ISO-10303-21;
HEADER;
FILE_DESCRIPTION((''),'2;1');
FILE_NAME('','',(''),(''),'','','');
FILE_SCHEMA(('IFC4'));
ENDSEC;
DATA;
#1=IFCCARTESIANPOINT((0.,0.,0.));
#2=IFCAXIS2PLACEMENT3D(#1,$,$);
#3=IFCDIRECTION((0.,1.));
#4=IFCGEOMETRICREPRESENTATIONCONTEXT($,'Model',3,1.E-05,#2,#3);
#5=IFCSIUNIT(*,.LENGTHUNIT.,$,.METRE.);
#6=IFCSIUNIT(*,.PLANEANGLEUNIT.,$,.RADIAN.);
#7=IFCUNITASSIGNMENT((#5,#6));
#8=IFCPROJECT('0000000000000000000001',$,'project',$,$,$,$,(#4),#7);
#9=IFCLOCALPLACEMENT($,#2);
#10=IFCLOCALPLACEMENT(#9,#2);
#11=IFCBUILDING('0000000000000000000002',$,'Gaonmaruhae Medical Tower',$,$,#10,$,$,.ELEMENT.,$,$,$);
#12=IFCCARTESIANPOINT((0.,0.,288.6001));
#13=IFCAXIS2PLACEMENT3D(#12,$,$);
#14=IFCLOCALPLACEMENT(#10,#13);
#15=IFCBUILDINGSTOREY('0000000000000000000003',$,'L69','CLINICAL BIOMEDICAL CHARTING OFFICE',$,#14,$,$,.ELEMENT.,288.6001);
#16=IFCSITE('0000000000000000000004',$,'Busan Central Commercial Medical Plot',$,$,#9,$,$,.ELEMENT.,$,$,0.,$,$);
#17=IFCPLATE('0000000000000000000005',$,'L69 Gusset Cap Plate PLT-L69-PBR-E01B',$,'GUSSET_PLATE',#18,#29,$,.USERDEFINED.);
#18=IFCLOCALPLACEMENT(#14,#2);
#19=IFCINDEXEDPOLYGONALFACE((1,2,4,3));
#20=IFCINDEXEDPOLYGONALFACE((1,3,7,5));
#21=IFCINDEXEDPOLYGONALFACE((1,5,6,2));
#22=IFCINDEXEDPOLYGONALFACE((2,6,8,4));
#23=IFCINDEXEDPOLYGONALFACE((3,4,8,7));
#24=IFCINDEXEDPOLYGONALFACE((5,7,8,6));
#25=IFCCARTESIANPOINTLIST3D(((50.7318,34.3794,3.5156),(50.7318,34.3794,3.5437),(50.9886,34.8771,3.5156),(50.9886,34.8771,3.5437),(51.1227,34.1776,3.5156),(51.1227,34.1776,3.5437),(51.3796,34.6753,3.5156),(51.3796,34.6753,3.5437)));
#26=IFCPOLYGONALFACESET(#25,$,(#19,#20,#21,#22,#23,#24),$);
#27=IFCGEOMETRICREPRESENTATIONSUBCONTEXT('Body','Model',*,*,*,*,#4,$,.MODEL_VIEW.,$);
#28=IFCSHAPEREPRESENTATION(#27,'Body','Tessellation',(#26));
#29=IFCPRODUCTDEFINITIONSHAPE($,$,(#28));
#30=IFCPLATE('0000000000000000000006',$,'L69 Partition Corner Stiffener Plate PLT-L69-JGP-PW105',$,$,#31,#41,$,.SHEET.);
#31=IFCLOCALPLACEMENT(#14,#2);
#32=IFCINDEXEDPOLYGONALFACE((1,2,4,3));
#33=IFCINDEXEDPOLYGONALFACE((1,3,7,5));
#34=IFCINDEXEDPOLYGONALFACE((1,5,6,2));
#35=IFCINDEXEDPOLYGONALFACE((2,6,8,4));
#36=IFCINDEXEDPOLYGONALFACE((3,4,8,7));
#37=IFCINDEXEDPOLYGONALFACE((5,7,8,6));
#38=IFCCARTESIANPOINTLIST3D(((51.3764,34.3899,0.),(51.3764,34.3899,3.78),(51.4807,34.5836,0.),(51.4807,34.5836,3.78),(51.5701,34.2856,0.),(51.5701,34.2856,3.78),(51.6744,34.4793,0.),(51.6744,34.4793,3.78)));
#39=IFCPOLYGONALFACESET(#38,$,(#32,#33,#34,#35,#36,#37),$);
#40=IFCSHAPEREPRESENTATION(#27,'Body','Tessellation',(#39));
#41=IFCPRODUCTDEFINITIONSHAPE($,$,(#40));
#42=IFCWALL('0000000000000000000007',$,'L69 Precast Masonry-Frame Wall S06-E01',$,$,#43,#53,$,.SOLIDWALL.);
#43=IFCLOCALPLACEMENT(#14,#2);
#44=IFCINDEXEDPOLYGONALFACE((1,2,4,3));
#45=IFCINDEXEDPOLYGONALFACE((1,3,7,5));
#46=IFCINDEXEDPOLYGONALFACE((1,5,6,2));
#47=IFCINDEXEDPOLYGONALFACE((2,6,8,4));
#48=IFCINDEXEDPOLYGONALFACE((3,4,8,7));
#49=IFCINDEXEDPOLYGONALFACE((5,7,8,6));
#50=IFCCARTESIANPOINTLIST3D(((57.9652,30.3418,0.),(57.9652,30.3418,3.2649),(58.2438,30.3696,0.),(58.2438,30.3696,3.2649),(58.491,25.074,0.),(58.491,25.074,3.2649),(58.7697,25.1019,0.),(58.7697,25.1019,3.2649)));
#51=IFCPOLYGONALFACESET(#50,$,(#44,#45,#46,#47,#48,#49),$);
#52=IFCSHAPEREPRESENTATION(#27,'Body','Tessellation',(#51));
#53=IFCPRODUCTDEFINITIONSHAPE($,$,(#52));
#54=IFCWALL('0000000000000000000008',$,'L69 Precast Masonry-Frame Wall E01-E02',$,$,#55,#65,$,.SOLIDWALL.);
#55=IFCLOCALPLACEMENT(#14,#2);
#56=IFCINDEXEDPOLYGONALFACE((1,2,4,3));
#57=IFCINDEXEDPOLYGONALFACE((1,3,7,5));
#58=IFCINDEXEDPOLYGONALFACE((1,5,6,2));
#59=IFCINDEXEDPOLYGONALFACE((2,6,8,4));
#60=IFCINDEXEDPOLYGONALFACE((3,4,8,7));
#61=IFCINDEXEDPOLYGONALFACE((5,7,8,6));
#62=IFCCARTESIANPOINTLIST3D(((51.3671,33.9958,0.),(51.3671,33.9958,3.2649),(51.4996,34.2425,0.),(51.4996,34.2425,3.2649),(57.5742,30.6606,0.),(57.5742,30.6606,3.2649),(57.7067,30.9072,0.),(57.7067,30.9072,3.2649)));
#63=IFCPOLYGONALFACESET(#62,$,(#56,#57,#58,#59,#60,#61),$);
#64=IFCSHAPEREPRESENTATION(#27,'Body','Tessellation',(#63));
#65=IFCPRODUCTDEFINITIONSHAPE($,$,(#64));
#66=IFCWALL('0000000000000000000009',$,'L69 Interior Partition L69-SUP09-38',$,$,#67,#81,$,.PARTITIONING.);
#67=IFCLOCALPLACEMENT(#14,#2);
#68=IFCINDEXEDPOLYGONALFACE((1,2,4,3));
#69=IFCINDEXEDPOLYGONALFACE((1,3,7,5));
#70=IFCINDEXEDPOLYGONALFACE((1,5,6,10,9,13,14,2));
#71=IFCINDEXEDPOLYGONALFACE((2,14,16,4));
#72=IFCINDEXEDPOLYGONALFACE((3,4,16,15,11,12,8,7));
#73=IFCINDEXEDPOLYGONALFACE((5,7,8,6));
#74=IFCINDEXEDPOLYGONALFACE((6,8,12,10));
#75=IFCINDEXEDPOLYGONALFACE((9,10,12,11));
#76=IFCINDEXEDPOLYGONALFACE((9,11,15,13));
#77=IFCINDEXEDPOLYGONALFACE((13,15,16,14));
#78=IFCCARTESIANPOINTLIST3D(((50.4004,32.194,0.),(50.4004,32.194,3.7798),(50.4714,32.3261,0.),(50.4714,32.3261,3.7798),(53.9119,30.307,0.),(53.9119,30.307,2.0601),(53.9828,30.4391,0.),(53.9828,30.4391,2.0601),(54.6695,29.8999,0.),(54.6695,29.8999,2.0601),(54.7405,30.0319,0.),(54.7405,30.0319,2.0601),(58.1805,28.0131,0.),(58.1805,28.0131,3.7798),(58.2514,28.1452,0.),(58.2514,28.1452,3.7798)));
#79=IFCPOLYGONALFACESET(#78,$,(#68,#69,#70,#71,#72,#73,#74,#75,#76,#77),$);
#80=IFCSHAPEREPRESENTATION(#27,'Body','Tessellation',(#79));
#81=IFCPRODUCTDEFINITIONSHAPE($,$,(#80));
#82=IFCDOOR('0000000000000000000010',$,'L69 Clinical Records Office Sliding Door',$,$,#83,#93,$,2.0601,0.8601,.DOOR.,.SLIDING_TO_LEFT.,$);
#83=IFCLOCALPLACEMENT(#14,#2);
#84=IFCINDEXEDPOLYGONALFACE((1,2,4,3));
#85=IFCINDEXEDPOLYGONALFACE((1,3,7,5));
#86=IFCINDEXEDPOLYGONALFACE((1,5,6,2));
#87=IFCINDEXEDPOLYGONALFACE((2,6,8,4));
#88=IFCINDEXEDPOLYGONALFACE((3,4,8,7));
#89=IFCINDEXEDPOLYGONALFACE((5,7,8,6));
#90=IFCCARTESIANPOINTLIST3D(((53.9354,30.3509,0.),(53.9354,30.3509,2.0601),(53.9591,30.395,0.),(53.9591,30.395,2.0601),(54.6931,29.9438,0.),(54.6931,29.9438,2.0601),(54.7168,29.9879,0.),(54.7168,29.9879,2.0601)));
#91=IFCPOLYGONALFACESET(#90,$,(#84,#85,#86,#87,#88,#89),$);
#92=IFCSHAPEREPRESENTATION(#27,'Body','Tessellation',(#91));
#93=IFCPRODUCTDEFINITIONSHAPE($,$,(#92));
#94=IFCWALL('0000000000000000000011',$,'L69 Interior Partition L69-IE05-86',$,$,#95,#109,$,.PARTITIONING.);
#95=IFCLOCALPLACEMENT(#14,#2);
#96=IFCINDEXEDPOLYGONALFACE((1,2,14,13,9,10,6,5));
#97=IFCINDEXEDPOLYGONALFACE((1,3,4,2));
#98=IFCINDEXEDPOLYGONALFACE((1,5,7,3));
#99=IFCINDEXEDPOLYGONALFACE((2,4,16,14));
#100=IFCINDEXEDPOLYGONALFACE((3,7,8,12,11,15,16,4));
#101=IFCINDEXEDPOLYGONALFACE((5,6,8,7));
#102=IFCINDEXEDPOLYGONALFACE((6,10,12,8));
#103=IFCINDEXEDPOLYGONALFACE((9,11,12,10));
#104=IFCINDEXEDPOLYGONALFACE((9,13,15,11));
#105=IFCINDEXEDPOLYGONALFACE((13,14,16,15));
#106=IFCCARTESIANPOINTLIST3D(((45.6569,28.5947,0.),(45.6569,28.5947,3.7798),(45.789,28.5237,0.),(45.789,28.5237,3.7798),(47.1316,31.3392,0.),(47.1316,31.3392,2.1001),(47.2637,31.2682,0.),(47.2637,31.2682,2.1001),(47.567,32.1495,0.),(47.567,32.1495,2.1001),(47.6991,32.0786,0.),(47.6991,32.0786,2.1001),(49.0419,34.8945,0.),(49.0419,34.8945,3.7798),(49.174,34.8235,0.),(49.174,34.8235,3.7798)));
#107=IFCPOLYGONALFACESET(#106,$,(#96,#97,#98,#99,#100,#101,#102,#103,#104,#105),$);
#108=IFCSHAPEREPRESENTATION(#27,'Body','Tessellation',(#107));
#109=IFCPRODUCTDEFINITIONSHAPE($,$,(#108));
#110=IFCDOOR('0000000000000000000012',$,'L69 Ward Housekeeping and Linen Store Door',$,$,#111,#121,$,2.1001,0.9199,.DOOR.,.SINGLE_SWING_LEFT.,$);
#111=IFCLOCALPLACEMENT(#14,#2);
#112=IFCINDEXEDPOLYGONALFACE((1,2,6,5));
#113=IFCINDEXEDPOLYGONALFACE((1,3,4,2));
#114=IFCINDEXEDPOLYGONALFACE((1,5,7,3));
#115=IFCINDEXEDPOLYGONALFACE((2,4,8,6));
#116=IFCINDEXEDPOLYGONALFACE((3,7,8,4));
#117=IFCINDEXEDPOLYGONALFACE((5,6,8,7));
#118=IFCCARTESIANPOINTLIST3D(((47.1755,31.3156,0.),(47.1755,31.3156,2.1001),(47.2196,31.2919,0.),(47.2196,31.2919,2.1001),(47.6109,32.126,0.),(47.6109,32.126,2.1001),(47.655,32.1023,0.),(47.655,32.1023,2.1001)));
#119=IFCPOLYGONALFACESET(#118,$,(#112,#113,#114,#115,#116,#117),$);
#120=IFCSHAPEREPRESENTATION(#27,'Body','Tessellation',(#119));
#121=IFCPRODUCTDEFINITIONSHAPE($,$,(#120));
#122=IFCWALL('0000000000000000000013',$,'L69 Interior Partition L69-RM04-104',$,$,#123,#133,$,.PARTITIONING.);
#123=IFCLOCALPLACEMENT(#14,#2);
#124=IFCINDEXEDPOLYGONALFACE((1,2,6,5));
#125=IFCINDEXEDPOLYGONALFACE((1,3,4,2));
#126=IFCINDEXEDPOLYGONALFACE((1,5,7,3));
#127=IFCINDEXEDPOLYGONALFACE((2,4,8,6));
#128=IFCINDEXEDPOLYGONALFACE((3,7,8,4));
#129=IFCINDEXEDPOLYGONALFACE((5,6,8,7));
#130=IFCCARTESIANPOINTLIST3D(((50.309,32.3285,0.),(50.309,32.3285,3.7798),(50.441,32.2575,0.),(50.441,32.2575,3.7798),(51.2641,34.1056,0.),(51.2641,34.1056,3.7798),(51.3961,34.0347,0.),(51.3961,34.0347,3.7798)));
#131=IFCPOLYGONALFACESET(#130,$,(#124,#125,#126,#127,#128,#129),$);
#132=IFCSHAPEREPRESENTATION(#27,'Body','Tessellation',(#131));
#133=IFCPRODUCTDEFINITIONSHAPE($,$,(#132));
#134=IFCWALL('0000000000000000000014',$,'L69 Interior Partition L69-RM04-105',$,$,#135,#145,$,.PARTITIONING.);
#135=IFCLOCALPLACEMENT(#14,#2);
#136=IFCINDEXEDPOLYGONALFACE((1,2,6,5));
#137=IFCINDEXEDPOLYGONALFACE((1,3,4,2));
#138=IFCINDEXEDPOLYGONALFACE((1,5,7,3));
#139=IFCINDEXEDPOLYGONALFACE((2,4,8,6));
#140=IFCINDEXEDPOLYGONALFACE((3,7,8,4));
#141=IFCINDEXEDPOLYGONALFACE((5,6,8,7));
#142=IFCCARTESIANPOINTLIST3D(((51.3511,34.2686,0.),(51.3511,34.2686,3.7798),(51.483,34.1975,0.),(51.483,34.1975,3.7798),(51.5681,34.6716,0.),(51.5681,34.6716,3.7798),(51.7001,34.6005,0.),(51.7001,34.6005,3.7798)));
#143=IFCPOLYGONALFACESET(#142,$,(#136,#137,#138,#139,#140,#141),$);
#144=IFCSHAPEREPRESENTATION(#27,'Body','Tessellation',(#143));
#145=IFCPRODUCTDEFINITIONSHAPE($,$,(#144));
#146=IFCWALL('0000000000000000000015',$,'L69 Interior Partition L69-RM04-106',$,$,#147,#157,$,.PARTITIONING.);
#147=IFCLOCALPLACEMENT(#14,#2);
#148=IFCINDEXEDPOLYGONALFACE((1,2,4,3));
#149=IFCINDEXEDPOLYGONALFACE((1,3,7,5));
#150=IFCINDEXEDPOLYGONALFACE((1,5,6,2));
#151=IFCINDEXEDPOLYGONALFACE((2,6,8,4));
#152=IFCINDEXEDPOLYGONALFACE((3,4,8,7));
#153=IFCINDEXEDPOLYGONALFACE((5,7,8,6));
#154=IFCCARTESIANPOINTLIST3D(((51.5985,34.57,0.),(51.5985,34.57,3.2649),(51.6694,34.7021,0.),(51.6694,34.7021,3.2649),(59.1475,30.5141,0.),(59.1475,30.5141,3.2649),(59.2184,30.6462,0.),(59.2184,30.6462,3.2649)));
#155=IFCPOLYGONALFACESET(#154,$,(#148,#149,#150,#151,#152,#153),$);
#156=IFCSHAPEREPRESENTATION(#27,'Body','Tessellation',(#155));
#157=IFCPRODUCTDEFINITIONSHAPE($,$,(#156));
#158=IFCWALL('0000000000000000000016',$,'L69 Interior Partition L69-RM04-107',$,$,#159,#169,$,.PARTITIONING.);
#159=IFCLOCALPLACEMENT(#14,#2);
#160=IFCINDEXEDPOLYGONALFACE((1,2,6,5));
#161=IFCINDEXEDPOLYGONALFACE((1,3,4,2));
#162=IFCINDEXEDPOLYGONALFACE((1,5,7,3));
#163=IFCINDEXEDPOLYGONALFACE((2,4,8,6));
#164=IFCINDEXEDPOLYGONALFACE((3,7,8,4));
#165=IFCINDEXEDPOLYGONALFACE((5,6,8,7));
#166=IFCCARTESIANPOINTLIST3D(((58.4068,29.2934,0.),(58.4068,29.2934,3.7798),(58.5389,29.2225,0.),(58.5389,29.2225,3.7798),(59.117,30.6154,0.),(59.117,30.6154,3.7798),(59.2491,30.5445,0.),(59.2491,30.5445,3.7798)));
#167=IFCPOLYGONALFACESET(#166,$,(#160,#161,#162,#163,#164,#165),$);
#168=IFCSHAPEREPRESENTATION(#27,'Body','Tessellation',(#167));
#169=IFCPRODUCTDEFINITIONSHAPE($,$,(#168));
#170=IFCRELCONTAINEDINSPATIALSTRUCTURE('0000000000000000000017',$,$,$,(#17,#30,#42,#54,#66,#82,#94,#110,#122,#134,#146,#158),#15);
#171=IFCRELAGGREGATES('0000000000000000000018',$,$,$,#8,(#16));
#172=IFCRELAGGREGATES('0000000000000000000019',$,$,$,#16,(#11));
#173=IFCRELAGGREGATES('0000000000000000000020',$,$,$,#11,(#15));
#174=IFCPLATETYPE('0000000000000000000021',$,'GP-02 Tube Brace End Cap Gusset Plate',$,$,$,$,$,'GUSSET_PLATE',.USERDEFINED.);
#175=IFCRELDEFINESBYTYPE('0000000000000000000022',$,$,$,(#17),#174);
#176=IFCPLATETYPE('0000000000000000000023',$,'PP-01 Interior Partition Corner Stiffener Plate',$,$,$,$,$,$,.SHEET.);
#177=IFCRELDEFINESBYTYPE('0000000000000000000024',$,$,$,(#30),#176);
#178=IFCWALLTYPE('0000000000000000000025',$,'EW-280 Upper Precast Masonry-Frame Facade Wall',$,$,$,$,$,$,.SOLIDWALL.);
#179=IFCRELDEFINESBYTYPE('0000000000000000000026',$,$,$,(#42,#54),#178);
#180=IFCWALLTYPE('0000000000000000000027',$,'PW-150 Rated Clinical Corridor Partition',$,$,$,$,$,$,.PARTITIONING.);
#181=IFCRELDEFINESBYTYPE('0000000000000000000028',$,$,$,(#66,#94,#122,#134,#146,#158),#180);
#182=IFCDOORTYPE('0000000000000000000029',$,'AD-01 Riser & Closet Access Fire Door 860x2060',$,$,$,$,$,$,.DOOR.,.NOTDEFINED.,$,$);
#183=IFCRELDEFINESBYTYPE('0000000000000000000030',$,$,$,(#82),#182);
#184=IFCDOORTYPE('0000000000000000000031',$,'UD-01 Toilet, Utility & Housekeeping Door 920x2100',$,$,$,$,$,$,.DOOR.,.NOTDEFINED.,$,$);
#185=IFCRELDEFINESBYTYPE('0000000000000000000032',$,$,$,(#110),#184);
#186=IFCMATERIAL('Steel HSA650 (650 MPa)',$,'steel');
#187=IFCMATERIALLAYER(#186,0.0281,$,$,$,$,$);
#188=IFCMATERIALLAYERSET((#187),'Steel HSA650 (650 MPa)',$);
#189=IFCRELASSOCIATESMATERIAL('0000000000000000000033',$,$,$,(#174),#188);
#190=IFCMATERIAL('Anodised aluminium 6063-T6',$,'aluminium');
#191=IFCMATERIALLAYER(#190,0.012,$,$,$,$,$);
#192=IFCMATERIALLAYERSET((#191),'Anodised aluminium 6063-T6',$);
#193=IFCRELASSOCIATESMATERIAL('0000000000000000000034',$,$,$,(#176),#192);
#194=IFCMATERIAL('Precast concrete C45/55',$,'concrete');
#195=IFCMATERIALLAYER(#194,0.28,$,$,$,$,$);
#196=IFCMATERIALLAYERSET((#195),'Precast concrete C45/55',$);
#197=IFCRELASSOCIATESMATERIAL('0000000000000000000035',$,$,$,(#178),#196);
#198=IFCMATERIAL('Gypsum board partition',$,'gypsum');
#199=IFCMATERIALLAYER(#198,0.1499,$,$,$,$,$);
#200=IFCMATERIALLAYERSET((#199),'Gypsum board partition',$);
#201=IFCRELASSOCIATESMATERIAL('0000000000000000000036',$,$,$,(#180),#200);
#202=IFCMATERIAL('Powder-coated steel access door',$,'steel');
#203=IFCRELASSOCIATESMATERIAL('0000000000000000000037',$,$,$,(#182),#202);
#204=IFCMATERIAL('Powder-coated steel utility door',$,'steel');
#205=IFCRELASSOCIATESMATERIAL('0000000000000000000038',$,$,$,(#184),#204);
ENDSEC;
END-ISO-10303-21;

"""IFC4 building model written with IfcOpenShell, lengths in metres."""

from ifc_helpers import new_model, si_unit, direction, frame, frame_2d, origin, origin_2d, place, context, subcontext, project, spatial, rectangle, extrude, material, layer, layer_set, type_object, element, fill, save


model = new_model("IFC4")

# Units and contexts
model_context = context("Model", 3, precision=1e-05, world=origin(), true_north=direction((0.0, 1.0)))
body_context = subcontext(model_context, "Body", "Model", "MODEL_VIEW")
ifc_project = project(units=[si_unit("LENGTHUNIT", "METRE"), si_unit("PLANEANGLEUNIT", "RADIAN")], contexts=[model_context])

# Site, building, storey
site_placement = place(None, origin())
site = spatial("IfcSite", under=ifc_project, at=site_placement, Name="Busan Central Commercial Medical Plot", CompositionType="ELEMENT", RefElevation=0.0)
building_placement = place(site_placement, origin())
building = spatial("IfcBuilding", under=site, at=building_placement, Name="Gaonmaruhae Medical Tower", CompositionType="ELEMENT")
storey_placement = place(building_placement, frame((0.0, 0.0, 288.6001)))
storey = spatial("IfcBuildingStorey", under=building, at=storey_placement, Name="L69", Description="CLINICAL BIOMEDICAL CHARTING OFFICE", CompositionType="ELEMENT", Elevation=288.6001)

# Plates
ifc_material_1 = material(Name="Steel HSA650 (650 MPa)", Category="steel")
ifc_layer_1 = layer(ifc_material_1, 0.0281)
ifc_layer_set_1 = layer_set([ifc_layer_1], Name="Steel HSA650 (650 MPa)")
plate_type_1 = type_object("IfcPlateType", Name="GP-02 Tube Brace End Cap Gusset Plate", ElementType="GUSSET_PLATE", PredefinedType="USERDEFINED", material=ifc_layer_set_1)
for number, where, z_axis, x_axis, name in (
    (1, (51.0557, 34.5273, 3.5156), (0.0, 0.0, 1.0), (0.45865, 0.888617, 0.0), "L69 Gusset Cap Plate PLT-L69-PBR-E01B"),
):
    element("IfcPlate", number, at=place(storey_placement, frame(where, z_axis=z_axis, x_axis=x_axis)), inside=storey, type_object=plate_type_1, Name=name, ObjectType="GUSSET_PLATE", PredefinedType="USERDEFINED", context=body_context, shape_type="SweptSolid", body=[
        extrude(rectangle(XDim=0.5601, YDim=0.4399, at=origin_2d()), origin(), (0.0, 0.0, 1.0), 0.0281),
    ])
ifc_material_2 = material(Name="Anodised aluminium 6063-T6", Category="aluminium")
ifc_layer_2 = layer(ifc_material_2, 0.012)
ifc_layer_set_2 = layer_set([ifc_layer_2], Name="Anodised aluminium 6063-T6")
plate_type_2 = type_object("IfcPlateType", Name="PP-01 Interior Partition Corner Stiffener Plate", PredefinedType="SHEET", material=ifc_layer_set_2)
plate_placement = place(storey_placement, frame((51.5254, 34.4346, 0.0), z_axis=(0.0, 0.0, 1.0), x_axis=(0.474104, 0.880469, 0.0)))
element("IfcPlate", 2, at=plate_placement, inside=storey, type_object=plate_type_2, Name="L69 Partition Corner Stiffener Plate PLT-L69-JGP-PW105", PredefinedType="SHEET", context=body_context, shape_type="SweptSolid", body=[
    extrude(rectangle(XDim=0.22, YDim=0.22, at=origin_2d()), origin(), (0.0, 0.0, 1.0), 3.78),
])

# Walls
ifc_material_3 = material(Name="Precast concrete C45/55", Category="concrete")
ifc_layer_3 = layer(ifc_material_3, 0.28)
ifc_layer_set_3 = layer_set([ifc_layer_3], Name="Precast concrete C45/55")
wall_type_1 = type_object("IfcWallType", Name="EW-280 Upper Precast Masonry-Frame Facade Wall", PredefinedType="SOLIDWALL", material=ifc_layer_set_3)
wall_1_placement = place(storey_placement, frame((58.1045, 30.3557, 0.0), z_axis=(0.0, 0.0, 1.0), x_axis=(0.099335, -0.995054, 0.0)))
element("IfcWall", 3, at=wall_1_placement, inside=storey, type_object=wall_type_1, Name="L69 Precast Masonry-Frame Wall S06-E01", PredefinedType="SOLIDWALL", context=body_context, shape_type="SweptSolid", body=[
    extrude(rectangle(XDim=5.2939, YDim=0.28, at=frame_2d((2.647, 0.0))), origin(), (0.0, 0.0, 1.0), 3.2649),
])
wall_2_placement = place(storey_placement, frame((51.4333, 34.1191, 0.0), z_axis=(0.0, 0.0, 1.0), x_axis=(0.880888, -0.473325, 0.0)))
element("IfcWall", 4, at=wall_2_placement, inside=storey, type_object=wall_type_1, Name="L69 Precast Masonry-Frame Wall E01-E02", PredefinedType="SOLIDWALL", context=body_context, shape_type="SweptSolid", body=[
    extrude(rectangle(XDim=7.0464, YDim=0.28, at=frame_2d((3.5232, 0.0))), origin(), (0.0, 0.0, 1.0), 3.2649),
])

# Walls, openings, doors
ifc_material_4 = material(Name="Gypsum board partition", Category="gypsum")
ifc_layer_4 = layer(ifc_material_4, 0.1499)
ifc_layer_set_4 = layer_set([ifc_layer_4], Name="Gypsum board partition")
wall_type_2 = type_object("IfcWallType", Name="PW-150 Rated Clinical Corridor Partition", PredefinedType="PARTITIONING", material=ifc_layer_set_4)
wall_3_placement = place(storey_placement, frame((50.436, 32.26, 0.0), z_axis=(0.0, 0.0, 1.0), x_axis=(0.880865, -0.473368, 0.0)))
wall_3 = element("IfcWall", 5, at=wall_3_placement, inside=storey, type_object=wall_type_2, Name="L69 Interior Partition L69-SUP09-38", PredefinedType="PARTITIONING", context=body_context, shape_type="SweptSolid", body=[
    extrude(rectangle(XDim=8.8323, YDim=0.1499, at=frame_2d((4.416, 0.0))), origin(), (0.0, 0.0, 1.0), 3.7798),
])
opening_1_placement = place(wall_3_placement, frame((3.9861, 0.0, 0.0)))
opening_1 = element("IfcOpeningElement", 6, at=opening_1_placement, cuts=wall_3, PredefinedType="OPENING", context=body_context, shape_type="SweptSolid", body=[
    extrude(rectangle(XDim=0.8601, YDim=2.0601, at=frame_2d((0.4302, 1.03))), frame((0.0, 0.085, 0.0), z_axis=(0.0, -1.0, 0.0), x_axis=(1.0, 0.0, 0.0)), (0.0, 0.0, 1.0), 0.1699),
])
ifc_material_5 = material(Name="Powder-coated steel access door", Category="steel")
door_type_1 = type_object("IfcDoorType", Name="AD-01 Riser & Closet Access Fire Door 860x2060", OperationType="NOTDEFINED", PredefinedType="DOOR", material=ifc_material_5)
door_1_placement = place(opening_1_placement, origin())
door_1 = element("IfcDoor", 7, at=door_1_placement, inside=storey, type_object=door_type_1, Name="L69 Clinical Records Office Sliding Door", OperationType="SLIDING_TO_LEFT", OverallHeight=2.0601, OverallWidth=0.8601, PredefinedType="DOOR", context=body_context, shape_type="SweptSolid", body=[
    extrude(rectangle(XDim=0.8601, YDim=2.0601, at=frame_2d((0.4302, 1.03))), frame((0.0, 0.0249, 0.0), z_axis=(0.0, -1.0, 0.0), x_axis=(1.0, 0.0, 0.0)), (0.0, 0.0, 1.0), 0.05),
])
fill(opening_1, door_1)
wall_4_placement = place(storey_placement, frame((49.1079, 34.8589, 0.0), z_axis=(0.0, 0.0, 1.0), x_axis=(-0.47332, -0.880891, 0.0)))
wall_4 = element("IfcWall", 8, at=wall_4_placement, inside=storey, type_object=wall_type_2, Name="L69 Interior Partition L69-IE05-86", PredefinedType="PARTITIONING", context=body_context, shape_type="SweptSolid", body=[
    extrude(rectangle(XDim=7.1516, YDim=0.1499, at=frame_2d((3.5757, 0.0))), origin(), (0.0, 0.0, 1.0), 3.7798),
])
opening_2_placement = place(wall_4_placement, frame((3.116, 0.0, 0.0)))
opening_2 = element("IfcOpeningElement", 9, at=opening_2_placement, cuts=wall_4, PredefinedType="OPENING", context=body_context, shape_type="SweptSolid", body=[
    extrude(rectangle(XDim=0.9199, YDim=2.1001, at=frame_2d((0.46, 1.05))), frame((0.0, 0.085, 0.0), z_axis=(0.0, -1.0, 0.0), x_axis=(1.0, 0.0, 0.0)), (0.0, 0.0, 1.0), 0.1699),
])
ifc_material_6 = material(Name="Powder-coated steel utility door", Category="steel")
door_type_2 = type_object("IfcDoorType", Name="UD-01 Toilet, Utility & Housekeeping Door 920x2100", OperationType="NOTDEFINED", PredefinedType="DOOR", material=ifc_material_6)
door_2_placement = place(opening_2_placement, origin())
door_2 = element("IfcDoor", 10, at=door_2_placement, inside=storey, type_object=door_type_2, Name="L69 Ward Housekeeping and Linen Store Door", OperationType="SINGLE_SWING_LEFT", OverallHeight=2.1001, OverallWidth=0.9199, PredefinedType="DOOR", context=body_context, shape_type="SweptSolid", body=[
    extrude(rectangle(XDim=0.9199, YDim=2.1001, at=frame_2d((0.46, 1.05))), frame((0.0, 0.0249, 0.0), z_axis=(0.0, -1.0, 0.0), x_axis=(1.0, 0.0, 0.0)), (0.0, 0.0, 1.0), 0.05),
])
fill(opening_2, door_2)

# Walls
wall_5_placement = place(storey_placement, frame((50.375, 32.293, 0.0), z_axis=(0.0, 0.0, 1.0), x_axis=(0.4734, 0.880848, 0.0)))
element("IfcWall", 11, at=wall_5_placement, inside=storey, type_object=wall_type_2, Name="L69 Interior Partition L69-RM04-104", PredefinedType="PARTITIONING", context=body_context, shape_type="SweptSolid", body=[
    extrude(rectangle(XDim=2.0176, YDim=0.1499, at=frame_2d((1.0088, 0.0))), origin(), (0.0, 0.0, 1.0), 3.7798),
])
wall_6_placement = place(storey_placement, frame((51.417, 34.2329, 0.0), z_axis=(0.0, 0.0, 1.0), x_axis=(0.4741, 0.880471, 0.0)))
element("IfcWall", 12, at=wall_6_placement, inside=storey, type_object=wall_type_2, Name="L69 Interior Partition L69-RM04-105", PredefinedType="PARTITIONING", context=body_context, shape_type="SweptSolid", body=[
    extrude(rectangle(XDim=0.4578, YDim=0.1499, at=frame_2d((0.229, 0.0))), origin(), (0.0, 0.0, 1.0), 3.7798),
])
wall_7_placement = place(storey_placement, frame((51.634, 34.636, 0.0), z_axis=(0.0, 0.0, 1.0), x_axis=(0.880908, -0.473288, 0.0)))
element("IfcWall", 13, at=wall_7_placement, inside=storey, type_object=wall_type_2, Name="L69 Interior Partition L69-RM04-106", PredefinedType="PARTITIONING", context=body_context, shape_type="SweptSolid", body=[
    extrude(rectangle(XDim=8.5696, YDim=0.1499, at=frame_2d((4.2847, 0.0))), origin(), (0.0, 0.0, 1.0), 3.2649),
])
wall_8_placement = place(storey_placement, frame((59.1831, 30.5801, 0.0), z_axis=(0.0, 0.0, 1.0), x_axis=(-0.473246, -0.88093, 0.0)))
element("IfcWall", 14, at=wall_8_placement, inside=storey, type_object=wall_type_2, Name="L69 Interior Partition L69-RM04-107", PredefinedType="PARTITIONING", context=body_context, shape_type="SweptSolid", body=[
    extrude(rectangle(XDim=1.5007, YDim=0.1499, at=frame_2d((0.7505, 0.0))), origin(), (0.0, 0.0, 1.0), 3.7798),
])

save(model, "model.ifc")
